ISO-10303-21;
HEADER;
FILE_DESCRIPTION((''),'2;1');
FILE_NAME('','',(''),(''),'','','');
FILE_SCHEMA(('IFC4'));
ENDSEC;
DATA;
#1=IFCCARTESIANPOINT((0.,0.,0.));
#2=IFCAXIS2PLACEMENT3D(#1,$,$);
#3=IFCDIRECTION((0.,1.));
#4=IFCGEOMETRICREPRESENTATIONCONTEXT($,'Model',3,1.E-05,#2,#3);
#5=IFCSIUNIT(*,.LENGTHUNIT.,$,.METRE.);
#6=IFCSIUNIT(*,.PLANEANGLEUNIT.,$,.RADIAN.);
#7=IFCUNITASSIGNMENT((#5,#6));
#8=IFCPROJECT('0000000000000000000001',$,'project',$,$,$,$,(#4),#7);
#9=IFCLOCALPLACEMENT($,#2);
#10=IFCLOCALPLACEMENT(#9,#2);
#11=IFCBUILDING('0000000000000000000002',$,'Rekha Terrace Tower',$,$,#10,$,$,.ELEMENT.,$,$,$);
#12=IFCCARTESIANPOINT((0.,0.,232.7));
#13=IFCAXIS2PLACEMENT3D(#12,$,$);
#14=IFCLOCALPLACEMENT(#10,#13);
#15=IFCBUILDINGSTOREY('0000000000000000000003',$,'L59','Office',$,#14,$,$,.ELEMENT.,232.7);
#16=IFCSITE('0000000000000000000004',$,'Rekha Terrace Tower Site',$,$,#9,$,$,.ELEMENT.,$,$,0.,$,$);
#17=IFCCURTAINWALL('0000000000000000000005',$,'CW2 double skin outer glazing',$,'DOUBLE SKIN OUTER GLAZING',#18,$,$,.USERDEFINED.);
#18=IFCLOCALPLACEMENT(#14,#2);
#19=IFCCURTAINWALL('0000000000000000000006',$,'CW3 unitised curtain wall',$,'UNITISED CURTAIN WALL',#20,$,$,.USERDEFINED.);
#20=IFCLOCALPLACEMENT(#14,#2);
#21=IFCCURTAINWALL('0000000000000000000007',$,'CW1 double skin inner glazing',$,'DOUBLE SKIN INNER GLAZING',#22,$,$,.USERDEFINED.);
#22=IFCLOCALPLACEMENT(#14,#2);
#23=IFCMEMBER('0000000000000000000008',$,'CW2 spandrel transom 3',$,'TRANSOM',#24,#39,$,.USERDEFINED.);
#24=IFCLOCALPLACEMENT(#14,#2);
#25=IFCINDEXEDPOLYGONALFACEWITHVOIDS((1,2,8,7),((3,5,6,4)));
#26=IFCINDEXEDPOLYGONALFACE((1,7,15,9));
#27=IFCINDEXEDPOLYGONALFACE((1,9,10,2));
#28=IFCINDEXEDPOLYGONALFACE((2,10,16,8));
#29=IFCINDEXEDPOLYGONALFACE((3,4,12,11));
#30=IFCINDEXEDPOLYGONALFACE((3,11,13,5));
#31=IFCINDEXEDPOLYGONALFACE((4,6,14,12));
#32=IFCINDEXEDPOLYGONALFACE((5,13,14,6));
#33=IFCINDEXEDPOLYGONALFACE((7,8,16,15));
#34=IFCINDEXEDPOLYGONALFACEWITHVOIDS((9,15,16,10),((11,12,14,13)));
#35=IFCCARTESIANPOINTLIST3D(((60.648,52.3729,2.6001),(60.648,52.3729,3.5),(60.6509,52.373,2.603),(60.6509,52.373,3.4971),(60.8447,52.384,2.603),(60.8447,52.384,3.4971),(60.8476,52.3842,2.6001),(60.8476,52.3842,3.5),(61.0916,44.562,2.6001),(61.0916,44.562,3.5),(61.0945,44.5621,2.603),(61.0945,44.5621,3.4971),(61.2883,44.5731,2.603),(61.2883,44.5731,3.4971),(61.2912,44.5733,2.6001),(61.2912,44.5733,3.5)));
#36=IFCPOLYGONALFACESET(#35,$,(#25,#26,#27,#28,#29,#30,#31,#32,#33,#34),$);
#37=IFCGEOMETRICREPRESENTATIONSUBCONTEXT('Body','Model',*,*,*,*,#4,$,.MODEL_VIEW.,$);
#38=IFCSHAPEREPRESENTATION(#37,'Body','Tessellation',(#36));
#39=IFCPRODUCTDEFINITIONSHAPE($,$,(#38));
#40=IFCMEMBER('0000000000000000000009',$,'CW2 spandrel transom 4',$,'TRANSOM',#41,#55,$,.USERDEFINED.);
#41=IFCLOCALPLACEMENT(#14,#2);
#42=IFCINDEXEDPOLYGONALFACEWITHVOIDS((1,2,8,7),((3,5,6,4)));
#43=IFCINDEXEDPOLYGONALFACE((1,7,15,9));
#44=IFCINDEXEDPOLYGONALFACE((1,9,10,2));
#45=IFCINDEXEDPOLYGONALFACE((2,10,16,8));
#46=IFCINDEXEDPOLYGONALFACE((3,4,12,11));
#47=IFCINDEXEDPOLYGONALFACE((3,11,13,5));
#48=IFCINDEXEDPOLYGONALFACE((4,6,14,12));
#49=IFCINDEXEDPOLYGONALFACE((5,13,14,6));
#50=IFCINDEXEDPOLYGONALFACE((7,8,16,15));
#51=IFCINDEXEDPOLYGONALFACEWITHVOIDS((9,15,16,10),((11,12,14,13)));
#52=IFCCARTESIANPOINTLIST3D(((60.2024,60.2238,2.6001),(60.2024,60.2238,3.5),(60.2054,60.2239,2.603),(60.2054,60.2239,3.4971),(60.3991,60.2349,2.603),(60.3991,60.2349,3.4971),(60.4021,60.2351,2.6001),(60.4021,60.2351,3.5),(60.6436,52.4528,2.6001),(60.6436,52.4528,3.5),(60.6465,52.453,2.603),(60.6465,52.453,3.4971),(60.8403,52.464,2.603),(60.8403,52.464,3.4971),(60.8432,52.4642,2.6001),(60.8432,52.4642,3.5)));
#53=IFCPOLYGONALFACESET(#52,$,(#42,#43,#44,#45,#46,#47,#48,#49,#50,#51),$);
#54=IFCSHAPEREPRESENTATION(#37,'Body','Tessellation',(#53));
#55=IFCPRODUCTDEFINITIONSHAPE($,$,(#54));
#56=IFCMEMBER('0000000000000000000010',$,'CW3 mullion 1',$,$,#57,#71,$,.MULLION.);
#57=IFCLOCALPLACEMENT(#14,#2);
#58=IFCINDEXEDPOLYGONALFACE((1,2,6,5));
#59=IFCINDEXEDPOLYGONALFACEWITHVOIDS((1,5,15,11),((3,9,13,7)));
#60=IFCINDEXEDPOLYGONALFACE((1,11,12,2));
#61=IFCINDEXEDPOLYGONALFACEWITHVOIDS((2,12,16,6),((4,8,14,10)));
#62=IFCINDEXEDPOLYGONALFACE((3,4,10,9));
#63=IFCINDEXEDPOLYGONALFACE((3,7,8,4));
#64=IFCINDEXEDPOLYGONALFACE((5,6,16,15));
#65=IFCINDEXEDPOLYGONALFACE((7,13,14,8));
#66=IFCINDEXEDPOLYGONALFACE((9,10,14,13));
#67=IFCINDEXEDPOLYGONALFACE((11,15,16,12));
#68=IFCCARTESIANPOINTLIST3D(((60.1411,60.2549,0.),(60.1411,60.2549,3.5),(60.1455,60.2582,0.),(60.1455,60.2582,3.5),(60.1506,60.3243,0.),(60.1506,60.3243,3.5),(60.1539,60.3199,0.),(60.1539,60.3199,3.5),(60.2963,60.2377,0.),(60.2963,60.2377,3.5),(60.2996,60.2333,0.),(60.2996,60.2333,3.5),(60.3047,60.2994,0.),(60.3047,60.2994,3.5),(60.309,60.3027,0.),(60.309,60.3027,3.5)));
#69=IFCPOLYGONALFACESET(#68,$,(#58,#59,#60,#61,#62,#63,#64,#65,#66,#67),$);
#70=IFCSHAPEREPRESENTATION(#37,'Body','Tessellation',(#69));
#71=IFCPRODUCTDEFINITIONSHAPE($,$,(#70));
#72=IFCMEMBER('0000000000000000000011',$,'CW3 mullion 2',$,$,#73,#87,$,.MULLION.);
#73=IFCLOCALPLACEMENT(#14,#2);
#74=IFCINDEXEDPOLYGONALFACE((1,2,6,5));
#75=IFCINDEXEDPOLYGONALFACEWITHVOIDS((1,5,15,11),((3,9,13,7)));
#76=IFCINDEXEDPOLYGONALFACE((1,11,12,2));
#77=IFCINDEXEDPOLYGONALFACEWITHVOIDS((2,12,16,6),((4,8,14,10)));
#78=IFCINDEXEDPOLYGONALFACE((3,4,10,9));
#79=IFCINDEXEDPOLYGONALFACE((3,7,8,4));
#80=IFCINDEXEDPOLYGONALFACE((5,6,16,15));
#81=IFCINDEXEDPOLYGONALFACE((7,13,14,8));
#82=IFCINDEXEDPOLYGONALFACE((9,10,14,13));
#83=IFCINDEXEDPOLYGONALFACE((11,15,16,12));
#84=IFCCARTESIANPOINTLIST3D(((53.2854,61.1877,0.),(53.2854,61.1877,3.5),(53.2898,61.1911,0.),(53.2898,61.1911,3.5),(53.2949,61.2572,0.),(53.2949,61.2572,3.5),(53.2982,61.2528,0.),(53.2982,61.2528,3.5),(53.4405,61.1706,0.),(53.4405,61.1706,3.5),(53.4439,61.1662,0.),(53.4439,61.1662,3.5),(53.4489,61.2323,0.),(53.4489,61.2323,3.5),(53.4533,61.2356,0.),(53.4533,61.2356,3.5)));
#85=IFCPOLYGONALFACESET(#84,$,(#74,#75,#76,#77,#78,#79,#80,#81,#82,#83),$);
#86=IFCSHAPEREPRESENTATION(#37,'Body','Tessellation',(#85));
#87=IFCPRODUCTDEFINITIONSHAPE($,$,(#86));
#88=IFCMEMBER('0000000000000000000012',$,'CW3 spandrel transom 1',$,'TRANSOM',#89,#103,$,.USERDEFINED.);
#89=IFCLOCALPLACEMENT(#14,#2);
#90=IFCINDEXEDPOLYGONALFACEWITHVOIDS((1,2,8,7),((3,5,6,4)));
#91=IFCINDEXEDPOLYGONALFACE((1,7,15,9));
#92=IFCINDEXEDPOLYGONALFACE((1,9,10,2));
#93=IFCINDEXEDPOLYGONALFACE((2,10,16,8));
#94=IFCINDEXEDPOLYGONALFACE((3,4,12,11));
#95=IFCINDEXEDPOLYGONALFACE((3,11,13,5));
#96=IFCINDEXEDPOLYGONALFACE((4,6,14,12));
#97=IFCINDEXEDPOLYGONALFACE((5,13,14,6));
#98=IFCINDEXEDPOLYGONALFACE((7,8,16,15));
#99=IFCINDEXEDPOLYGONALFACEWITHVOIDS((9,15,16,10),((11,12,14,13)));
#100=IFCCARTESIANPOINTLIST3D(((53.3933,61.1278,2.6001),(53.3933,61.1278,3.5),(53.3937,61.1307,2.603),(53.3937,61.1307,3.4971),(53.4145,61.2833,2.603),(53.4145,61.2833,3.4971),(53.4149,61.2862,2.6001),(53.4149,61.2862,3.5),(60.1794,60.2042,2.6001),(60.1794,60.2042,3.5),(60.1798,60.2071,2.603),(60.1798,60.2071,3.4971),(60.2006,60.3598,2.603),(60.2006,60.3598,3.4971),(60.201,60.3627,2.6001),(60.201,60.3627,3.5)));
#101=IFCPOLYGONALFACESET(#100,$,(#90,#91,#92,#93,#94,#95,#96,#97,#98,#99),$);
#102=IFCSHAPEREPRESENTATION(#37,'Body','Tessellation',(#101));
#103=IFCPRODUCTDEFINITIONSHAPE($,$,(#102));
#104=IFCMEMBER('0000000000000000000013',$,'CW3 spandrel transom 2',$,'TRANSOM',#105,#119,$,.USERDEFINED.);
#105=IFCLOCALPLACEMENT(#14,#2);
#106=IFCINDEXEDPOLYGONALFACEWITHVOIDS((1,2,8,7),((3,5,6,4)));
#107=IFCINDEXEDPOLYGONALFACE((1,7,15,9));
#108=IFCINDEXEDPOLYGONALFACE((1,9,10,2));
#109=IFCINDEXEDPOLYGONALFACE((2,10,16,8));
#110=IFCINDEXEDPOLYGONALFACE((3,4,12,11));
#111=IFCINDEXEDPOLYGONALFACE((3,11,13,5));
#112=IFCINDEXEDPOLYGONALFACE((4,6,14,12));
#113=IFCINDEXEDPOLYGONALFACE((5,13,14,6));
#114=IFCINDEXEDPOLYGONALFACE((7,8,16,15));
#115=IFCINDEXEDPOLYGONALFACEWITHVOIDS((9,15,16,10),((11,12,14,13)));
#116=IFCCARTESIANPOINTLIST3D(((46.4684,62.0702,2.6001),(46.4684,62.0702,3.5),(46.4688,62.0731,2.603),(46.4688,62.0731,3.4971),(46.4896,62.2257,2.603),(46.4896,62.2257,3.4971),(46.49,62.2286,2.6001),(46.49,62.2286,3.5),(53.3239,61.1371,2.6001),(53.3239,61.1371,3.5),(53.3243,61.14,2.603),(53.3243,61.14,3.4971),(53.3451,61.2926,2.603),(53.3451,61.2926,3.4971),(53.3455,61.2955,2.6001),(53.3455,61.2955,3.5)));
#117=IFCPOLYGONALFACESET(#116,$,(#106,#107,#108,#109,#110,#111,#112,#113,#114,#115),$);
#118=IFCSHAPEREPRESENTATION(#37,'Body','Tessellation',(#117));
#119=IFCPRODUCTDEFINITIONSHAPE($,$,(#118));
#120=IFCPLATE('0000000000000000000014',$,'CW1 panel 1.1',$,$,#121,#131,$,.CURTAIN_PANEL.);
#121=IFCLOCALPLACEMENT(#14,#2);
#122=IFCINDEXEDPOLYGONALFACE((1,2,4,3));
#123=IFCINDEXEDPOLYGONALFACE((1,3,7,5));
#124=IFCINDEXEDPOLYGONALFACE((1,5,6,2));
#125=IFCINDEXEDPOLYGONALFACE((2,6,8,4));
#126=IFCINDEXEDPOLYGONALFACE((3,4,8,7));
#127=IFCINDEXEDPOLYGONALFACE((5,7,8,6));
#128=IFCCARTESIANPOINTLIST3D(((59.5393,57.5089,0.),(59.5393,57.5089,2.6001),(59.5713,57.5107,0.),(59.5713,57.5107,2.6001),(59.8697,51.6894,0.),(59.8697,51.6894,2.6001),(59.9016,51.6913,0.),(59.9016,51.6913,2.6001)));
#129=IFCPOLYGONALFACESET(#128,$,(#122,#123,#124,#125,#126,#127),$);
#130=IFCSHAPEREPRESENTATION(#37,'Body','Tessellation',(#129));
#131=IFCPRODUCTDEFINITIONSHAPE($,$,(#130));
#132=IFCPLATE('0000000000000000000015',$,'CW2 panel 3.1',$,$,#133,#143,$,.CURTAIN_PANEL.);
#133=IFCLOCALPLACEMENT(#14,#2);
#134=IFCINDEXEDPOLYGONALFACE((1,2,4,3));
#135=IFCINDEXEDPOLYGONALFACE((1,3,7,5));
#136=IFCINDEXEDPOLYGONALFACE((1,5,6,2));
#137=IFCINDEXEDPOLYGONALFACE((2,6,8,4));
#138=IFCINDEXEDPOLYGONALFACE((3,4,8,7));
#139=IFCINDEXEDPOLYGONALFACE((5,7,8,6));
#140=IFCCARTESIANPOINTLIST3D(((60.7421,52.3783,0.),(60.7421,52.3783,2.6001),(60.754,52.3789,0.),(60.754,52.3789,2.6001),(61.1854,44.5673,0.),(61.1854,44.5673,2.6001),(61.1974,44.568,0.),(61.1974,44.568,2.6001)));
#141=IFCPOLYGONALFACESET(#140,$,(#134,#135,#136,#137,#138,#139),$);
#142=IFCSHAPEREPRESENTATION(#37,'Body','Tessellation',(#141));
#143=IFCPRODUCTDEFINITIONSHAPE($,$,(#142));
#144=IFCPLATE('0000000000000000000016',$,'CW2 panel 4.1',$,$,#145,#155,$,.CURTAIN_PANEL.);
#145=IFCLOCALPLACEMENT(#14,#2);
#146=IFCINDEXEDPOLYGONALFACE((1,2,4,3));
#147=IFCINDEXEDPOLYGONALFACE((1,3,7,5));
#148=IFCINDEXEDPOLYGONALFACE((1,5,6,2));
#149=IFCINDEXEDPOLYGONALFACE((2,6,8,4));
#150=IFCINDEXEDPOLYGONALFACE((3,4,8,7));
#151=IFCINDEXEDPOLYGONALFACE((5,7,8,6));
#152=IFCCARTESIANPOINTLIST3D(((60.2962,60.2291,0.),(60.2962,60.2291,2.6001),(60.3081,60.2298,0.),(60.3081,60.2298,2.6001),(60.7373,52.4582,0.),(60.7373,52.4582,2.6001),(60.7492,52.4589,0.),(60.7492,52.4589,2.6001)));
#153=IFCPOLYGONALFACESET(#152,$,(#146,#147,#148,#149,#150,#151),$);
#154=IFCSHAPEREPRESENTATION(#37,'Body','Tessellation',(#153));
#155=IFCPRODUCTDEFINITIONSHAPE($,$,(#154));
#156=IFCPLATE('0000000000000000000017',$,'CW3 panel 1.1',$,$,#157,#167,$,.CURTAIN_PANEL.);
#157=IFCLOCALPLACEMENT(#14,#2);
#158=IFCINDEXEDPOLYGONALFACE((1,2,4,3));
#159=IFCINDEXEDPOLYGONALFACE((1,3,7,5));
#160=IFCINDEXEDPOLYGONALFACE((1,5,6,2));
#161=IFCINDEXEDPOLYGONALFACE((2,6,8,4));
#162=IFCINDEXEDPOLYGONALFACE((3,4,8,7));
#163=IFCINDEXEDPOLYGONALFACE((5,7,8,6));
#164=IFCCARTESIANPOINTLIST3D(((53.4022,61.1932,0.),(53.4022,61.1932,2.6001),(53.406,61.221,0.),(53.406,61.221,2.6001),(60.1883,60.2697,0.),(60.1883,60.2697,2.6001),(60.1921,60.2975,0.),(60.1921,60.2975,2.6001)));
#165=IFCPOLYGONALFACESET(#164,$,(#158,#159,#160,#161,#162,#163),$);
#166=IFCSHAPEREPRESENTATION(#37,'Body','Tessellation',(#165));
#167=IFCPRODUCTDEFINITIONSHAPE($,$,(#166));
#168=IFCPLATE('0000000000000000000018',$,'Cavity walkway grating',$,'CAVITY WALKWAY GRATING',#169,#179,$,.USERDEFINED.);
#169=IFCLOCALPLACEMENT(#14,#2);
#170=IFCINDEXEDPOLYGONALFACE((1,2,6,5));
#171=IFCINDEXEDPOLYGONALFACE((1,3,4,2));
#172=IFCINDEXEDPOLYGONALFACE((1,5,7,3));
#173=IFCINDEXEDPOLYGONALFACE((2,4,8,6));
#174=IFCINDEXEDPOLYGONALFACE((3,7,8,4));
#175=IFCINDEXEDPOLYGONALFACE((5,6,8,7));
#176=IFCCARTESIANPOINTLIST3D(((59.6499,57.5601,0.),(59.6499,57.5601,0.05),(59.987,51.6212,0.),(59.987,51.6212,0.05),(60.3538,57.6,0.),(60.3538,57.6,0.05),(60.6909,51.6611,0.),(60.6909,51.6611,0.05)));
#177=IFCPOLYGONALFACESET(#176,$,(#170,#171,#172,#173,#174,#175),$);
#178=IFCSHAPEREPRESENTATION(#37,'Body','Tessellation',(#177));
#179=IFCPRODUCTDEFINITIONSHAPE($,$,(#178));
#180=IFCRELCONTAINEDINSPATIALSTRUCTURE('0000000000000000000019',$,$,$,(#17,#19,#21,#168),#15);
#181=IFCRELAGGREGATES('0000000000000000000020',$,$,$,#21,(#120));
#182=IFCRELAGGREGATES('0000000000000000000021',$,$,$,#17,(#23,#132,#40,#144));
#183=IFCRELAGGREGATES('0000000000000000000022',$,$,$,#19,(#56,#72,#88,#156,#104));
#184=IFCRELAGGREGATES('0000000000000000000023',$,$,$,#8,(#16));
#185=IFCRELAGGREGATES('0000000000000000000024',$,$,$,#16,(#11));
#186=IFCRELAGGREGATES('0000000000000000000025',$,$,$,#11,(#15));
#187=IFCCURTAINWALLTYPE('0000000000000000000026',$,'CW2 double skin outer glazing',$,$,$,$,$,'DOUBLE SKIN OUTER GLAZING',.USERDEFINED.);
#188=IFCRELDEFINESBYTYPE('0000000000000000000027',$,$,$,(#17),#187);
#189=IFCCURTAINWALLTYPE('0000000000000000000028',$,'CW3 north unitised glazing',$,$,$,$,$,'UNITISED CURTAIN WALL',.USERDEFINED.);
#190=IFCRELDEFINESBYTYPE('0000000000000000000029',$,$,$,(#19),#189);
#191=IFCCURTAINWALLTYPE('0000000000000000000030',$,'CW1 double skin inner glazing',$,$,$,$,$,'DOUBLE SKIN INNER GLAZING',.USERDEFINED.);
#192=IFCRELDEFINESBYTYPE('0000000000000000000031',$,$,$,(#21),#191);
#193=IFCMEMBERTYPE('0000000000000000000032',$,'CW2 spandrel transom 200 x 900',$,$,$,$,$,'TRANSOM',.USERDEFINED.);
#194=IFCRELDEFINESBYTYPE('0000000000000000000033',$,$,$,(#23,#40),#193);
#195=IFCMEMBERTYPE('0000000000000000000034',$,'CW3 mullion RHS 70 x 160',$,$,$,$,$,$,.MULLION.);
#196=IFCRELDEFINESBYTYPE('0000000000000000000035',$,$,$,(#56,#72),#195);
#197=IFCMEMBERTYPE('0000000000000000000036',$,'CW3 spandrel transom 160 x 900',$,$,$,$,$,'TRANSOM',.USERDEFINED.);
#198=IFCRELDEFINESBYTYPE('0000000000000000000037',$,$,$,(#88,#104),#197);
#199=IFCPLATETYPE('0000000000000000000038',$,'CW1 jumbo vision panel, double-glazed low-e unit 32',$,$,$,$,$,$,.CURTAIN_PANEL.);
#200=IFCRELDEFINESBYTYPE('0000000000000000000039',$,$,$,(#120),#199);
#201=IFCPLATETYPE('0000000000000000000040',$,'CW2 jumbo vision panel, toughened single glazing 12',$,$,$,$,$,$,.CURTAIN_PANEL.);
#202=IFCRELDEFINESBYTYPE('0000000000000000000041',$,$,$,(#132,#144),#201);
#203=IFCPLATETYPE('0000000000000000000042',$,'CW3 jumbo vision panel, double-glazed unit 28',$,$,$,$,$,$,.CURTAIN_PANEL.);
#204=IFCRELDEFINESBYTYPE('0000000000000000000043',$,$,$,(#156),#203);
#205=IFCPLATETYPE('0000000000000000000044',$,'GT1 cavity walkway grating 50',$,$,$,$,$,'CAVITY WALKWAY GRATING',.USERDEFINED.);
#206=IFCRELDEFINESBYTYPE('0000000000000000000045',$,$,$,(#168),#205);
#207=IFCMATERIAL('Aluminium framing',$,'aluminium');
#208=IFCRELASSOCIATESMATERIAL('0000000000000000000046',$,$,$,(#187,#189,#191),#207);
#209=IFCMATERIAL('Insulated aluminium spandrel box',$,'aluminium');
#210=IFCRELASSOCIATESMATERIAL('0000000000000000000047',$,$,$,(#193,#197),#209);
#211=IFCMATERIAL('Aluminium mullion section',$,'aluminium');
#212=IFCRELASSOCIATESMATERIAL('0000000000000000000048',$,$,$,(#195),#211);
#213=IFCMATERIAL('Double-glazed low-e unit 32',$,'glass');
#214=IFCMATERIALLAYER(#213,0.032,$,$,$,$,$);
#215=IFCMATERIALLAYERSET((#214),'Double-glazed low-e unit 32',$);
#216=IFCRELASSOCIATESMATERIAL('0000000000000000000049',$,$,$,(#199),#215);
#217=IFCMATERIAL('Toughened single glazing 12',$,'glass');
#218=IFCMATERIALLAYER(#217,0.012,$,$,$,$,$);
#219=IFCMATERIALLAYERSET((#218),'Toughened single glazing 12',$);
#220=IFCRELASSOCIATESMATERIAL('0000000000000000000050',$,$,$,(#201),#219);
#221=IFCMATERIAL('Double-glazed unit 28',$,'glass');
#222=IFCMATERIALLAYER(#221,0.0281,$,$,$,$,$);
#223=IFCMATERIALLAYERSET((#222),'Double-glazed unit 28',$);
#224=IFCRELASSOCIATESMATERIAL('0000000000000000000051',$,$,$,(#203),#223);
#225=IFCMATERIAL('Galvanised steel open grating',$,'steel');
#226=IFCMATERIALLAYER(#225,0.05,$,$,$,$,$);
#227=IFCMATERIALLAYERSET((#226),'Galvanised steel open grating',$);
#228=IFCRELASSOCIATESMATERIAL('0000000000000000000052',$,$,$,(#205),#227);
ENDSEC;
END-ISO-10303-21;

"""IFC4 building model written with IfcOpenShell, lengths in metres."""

from ifc_helpers import new_model, si_unit, direction, frame, origin, origin_2d, place, context, subcontext, project, spatial, rectangle, hollow_rectangle, extrude, material, layer, layer_set, material_profile, profile_set, type_object, element, aggregate, save


model = new_model("IFC4")

# Units and contexts
model_context = context("Model", 3, precision=1e-05, world=origin(), true_north=direction((0.0, 1.0)))
body_context = subcontext(model_context, "Body", "Model", "MODEL_VIEW")
ifc_project = project(units=[si_unit("LENGTHUNIT", "METRE"), si_unit("PLANEANGLEUNIT", "RADIAN")], contexts=[model_context])

# Site, building, storey
site_placement = place(None, origin())
site = spatial("IfcSite", under=ifc_project, at=site_placement, Name="Rekha Terrace Tower Site", CompositionType="ELEMENT", RefElevation=0.0)
building_placement = place(site_placement, origin())
building = spatial("IfcBuilding", under=site, at=building_placement, Name="Rekha Terrace Tower", CompositionType="ELEMENT")
storey_placement = place(building_placement, frame((0.0, 0.0, 232.7)))
storey = spatial("IfcBuildingStorey", under=building, at=storey_placement, Name="L59", Description="Office", CompositionType="ELEMENT", Elevation=232.7)

# Curtain walls
ifc_material_1 = material(Name="Aluminium framing", Category="aluminium")
curtain_wall_type_1 = type_object("IfcCurtainWallType", Name="CW2 double skin outer glazing", ElementType="DOUBLE SKIN OUTER GLAZING", PredefinedType="USERDEFINED", material=ifc_material_1)
curtain_wall_1_placement = place(storey_placement, origin())
curtain_wall_1 = element("IfcCurtainWall", 1, at=curtain_wall_1_placement, inside=storey, type_object=curtain_wall_type_1, Name="CW2 double skin outer glazing", ObjectType="DOUBLE SKIN OUTER GLAZING", PredefinedType="USERDEFINED")
curtain_wall_type_2 = type_object("IfcCurtainWallType", Name="CW3 north unitised glazing", ElementType="UNITISED CURTAIN WALL", PredefinedType="USERDEFINED", material=ifc_material_1)
curtain_wall_2_placement = place(storey_placement, origin())
curtain_wall_2 = element("IfcCurtainWall", 2, at=curtain_wall_2_placement, inside=storey, type_object=curtain_wall_type_2, Name="CW3 unitised curtain wall", ObjectType="UNITISED CURTAIN WALL", PredefinedType="USERDEFINED")
curtain_wall_type_3 = type_object("IfcCurtainWallType", Name="CW1 double skin inner glazing", ElementType="DOUBLE SKIN INNER GLAZING", PredefinedType="USERDEFINED", material=ifc_material_1)
ifc_material_2 = material(Name="Aluminium mullion section", Category="aluminium")

# Curtain wall
curtain_wall_3_placement = place(storey_placement, origin())
curtain_wall_3 = element("IfcCurtainWall", 3, at=curtain_wall_3_placement, inside=storey, type_object=curtain_wall_type_3, Name="CW1 double skin inner glazing", ObjectType="DOUBLE SKIN INNER GLAZING", PredefinedType="USERDEFINED")
ifc_material_3 = material(Name="Insulated aluminium spandrel box", Category="aluminium")

# Members
ifc_material_profile_1 = material_profile(ifc_material_3, hollow_rectangle(XDim=0.2, YDim=0.8999, WallThickness=0.0029, at=origin_2d()), Name="AL SPANDREL BOX 200x900")
ifc_profile_set_1 = profile_set([ifc_material_profile_1], Name="Insulated aluminium spandrel box")
member_type_1 = type_object("IfcMemberType", Name="CW2 spandrel transom 200 x 900", ElementType="TRANSOM", PredefinedType="USERDEFINED", material=ifc_profile_set_1)
member_1_placement = place(storey_placement, frame((61.1914, 44.5676, 3.05), z_axis=(-0.056702, 0.998391, 0.0), x_axis=(-0.998391, -0.056702, 0.0)))
member_1 = element("IfcMember", 4, at=member_1_placement, type_object=member_type_1, Name="CW2 spandrel transom 3", ObjectType="TRANSOM", PredefinedType="USERDEFINED", context=body_context, shape_type="SweptSolid", body=[
    extrude(hollow_rectangle(XDim=0.2, YDim=0.8999, WallThickness=0.0029, at=origin_2d()), origin(), (0.0, 0.0, 1.0), 7.8235),
])
member_2_placement = place(storey_placement, frame((60.7434, 52.4585, 3.05), z_axis=(-0.056679, 0.998392, 0.0), x_axis=(-0.998392, -0.056679, 0.0)))
member_2 = element("IfcMember", 5, at=member_2_placement, type_object=member_type_1, Name="CW2 spandrel transom 4", ObjectType="TRANSOM", PredefinedType="USERDEFINED", context=body_context, shape_type="SweptSolid", body=[
    extrude(hollow_rectangle(XDim=0.2, YDim=0.8999, WallThickness=0.0029, at=origin_2d()), origin(), (0.0, 0.0, 1.0), 7.7834),
])
ifc_material_profile_2 = material_profile(ifc_material_2, hollow_rectangle(XDim=0.0701, YDim=0.1599, WallThickness=0.0039, at=origin_2d()), Name="AL RHS 70x160")
ifc_profile_set_2 = profile_set([ifc_material_profile_2], Name="Aluminium mullion section")
member_type_2 = type_object("IfcMemberType", Name="CW3 mullion RHS 70 x 160", PredefinedType="MULLION", material=ifc_profile_set_2)
member_3_placement = place(storey_placement, frame((60.2251, 60.2788, 0.0), z_axis=(0.0, 0.0, 1.0), x_axis=(-0.134841, -0.990867, 0.0)))
member_3 = element("IfcMember", 6, at=member_3_placement, type_object=member_type_2, Name="CW3 mullion 1", PredefinedType="MULLION", context=body_context, shape_type="SweptSolid", body=[
    extrude(hollow_rectangle(XDim=0.0701, YDim=0.1599, WallThickness=0.0039, at=origin_2d()), origin(), (0.0, 0.0, 1.0), 3.5),
])
member_4_placement = place(storey_placement, frame((53.3694, 61.2117, 0.0), z_axis=(0.0, 0.0, 1.0), x_axis=(-0.134841, -0.990867, 0.0)))
member_4 = element("IfcMember", 7, at=member_4_placement, type_object=member_type_2, Name="CW3 mullion 2", PredefinedType="MULLION", context=body_context, shape_type="SweptSolid", body=[
    extrude(hollow_rectangle(XDim=0.0701, YDim=0.1599, WallThickness=0.0039, at=origin_2d()), origin(), (0.0, 0.0, 1.0), 3.5),
])
ifc_material_profile_3 = material_profile(ifc_material_3, hollow_rectangle(XDim=0.1599, YDim=0.8999, WallThickness=0.0029, at=origin_2d()), Name="AL SPANDREL BOX 160x900")
ifc_profile_set_3 = profile_set([ifc_material_profile_3], Name="Insulated aluminium spandrel box")
member_type_3 = type_object("IfcMemberType", Name="CW3 spandrel transom 160 x 900", ElementType="TRANSOM", PredefinedType="USERDEFINED", material=ifc_profile_set_3)
member_5_placement = place(storey_placement, frame((60.1902, 60.2834, 3.05), z_axis=(-0.990865, 0.134855, 0.0), x_axis=(-0.134855, -0.990865, 0.0)))
member_5 = element("IfcMember", 8, at=member_5_placement, type_object=member_type_3, Name="CW3 spandrel transom 1", ObjectType="TRANSOM", PredefinedType="USERDEFINED", context=body_context, shape_type="SweptSolid", body=[
    extrude(hollow_rectangle(XDim=0.1599, YDim=0.8999, WallThickness=0.0029, at=origin_2d()), origin(), (0.0, 0.0, 1.0), 6.8486),
])
member_6_placement = place(storey_placement, frame((53.3347, 61.2163, 3.05), z_axis=(-0.990864, 0.134868, 0.0), x_axis=(-0.134868, -0.990864, 0.0)))
member_6 = element("IfcMember", 9, at=member_6_placement, type_object=member_type_3, Name="CW3 spandrel transom 2", ObjectType="TRANSOM", PredefinedType="USERDEFINED", context=body_context, shape_type="SweptSolid", body=[
    extrude(hollow_rectangle(XDim=0.1599, YDim=0.8999, WallThickness=0.0029, at=origin_2d()), origin(), (0.0, 0.0, 1.0), 6.9187),
])

# Plates
ifc_material_4 = material(Name="Double-glazed low-e unit 32", Category="glass")
ifc_layer_1 = layer(ifc_material_4, 0.032)
ifc_layer_set_1 = layer_set([ifc_layer_1], Name="Double-glazed low-e unit 32")
plate_type_1 = type_object("IfcPlateType", Name="CW1 jumbo vision panel, double-glazed low-e unit 32", PredefinedType="CURTAIN_PANEL", material=ifc_layer_set_1)
plate_1_placement = place(storey_placement, frame((59.7205, 54.6001, 0.0), z_axis=(0.0, 0.0, 1.0), x_axis=(-0.056673, 0.998393, 0.0)))
plate_1 = element("IfcPlate", 10, at=plate_1_placement, type_object=plate_type_1, Name="CW1 panel 1.1", PredefinedType="CURTAIN_PANEL", context=body_context, shape_type="SweptSolid", body=[
    extrude(rectangle(XDim=5.8289, YDim=0.032, at=origin_2d()), origin(), (0.0, 0.0, 1.0), 2.6001),
])
aggregate(curtain_wall_3, [plate_1])
ifc_material_5 = material(Name="Toughened single glazing 12", Category="glass")
ifc_layer_2 = layer(ifc_material_5, 0.012)
ifc_layer_set_2 = layer_set([ifc_layer_2], Name="Toughened single glazing 12")
plate_type_2 = type_object("IfcPlateType", Name="CW2 jumbo vision panel, toughened single glazing 12", PredefinedType="CURTAIN_PANEL", material=ifc_layer_set_2)
plate_2_placement = place(storey_placement, frame((60.9697, 48.4731, 0.0), z_axis=(0.0, 0.0, 1.0), x_axis=(-0.056673, 0.998393, 0.0)))
plate_2 = element("IfcPlate", 11, at=plate_2_placement, type_object=plate_type_2, Name="CW2 panel 3.1", PredefinedType="CURTAIN_PANEL", context=body_context, shape_type="SweptSolid", body=[
    extrude(rectangle(XDim=7.8235, YDim=0.012, at=origin_2d()), origin(), (0.0, 0.0, 1.0), 2.6001),
])
plate_3_placement = place(storey_placement, frame((60.5227, 56.344, 0.0), z_axis=(0.0, 0.0, 1.0), x_axis=(-0.056673, 0.998393, 0.0)))
plate_3 = element("IfcPlate", 12, at=plate_3_placement, type_object=plate_type_2, Name="CW2 panel 4.1", PredefinedType="CURTAIN_PANEL", context=body_context, shape_type="SweptSolid", body=[
    extrude(rectangle(XDim=7.7834, YDim=0.012, at=origin_2d()), origin(), (0.0, 0.0, 1.0), 2.6001),
])
aggregate(curtain_wall_1, [member_1, plate_2, member_2, plate_3])
ifc_material_6 = material(Name="Double-glazed unit 28", Category="glass")
ifc_layer_3 = layer(ifc_material_6, 0.0281)
ifc_layer_set_3 = layer_set([ifc_layer_3], Name="Double-glazed unit 28")
plate_type_3 = type_object("IfcPlateType", Name="CW3 jumbo vision panel, double-glazed unit 28", PredefinedType="CURTAIN_PANEL", material=ifc_layer_set_3)
plate_4_placement = place(storey_placement, frame((56.7971, 60.7454, 0.0), z_axis=(0.0, 0.0, 1.0), x_axis=(-0.990867, 0.134841, 0.0)))
plate_4 = element("IfcPlate", 13, at=plate_4_placement, type_object=plate_type_3, Name="CW3 panel 1.1", PredefinedType="CURTAIN_PANEL", context=body_context, shape_type="SweptSolid", body=[
    extrude(rectangle(XDim=6.8486, YDim=0.0281, at=origin_2d()), origin(), (0.0, 0.0, 1.0), 2.6001),
])
aggregate(curtain_wall_2, [member_3, member_4, member_5, plate_4, member_6])
ifc_material_7 = material(Name="Galvanised steel open grating", Category="steel")
ifc_layer_4 = layer(ifc_material_7, 0.05)
ifc_layer_set_4 = layer_set([ifc_layer_4], Name="Galvanised steel open grating")
plate_type_4 = type_object("IfcPlateType", Name="GT1 cavity walkway grating 50", ElementType="CAVITY WALKWAY GRATING", PredefinedType="USERDEFINED", material=ifc_layer_set_4)
plate_5_placement = place(storey_placement, frame((60.1704, 54.6106, 0.0), z_axis=(0.0, 0.0, 1.0), x_axis=(-0.056673, 0.998393, 0.0)))
element("IfcPlate", 14, at=plate_5_placement, inside=storey, type_object=plate_type_4, Name="Cavity walkway grating", ObjectType="CAVITY WALKWAY GRATING", PredefinedType="USERDEFINED", context=body_context, shape_type="SweptSolid", body=[
    extrude(rectangle(XDim=5.9485, YDim=0.7051, at=origin_2d()), origin(), (0.0, 0.0, 1.0), 0.05),
])

save(model, "model.ifc")
